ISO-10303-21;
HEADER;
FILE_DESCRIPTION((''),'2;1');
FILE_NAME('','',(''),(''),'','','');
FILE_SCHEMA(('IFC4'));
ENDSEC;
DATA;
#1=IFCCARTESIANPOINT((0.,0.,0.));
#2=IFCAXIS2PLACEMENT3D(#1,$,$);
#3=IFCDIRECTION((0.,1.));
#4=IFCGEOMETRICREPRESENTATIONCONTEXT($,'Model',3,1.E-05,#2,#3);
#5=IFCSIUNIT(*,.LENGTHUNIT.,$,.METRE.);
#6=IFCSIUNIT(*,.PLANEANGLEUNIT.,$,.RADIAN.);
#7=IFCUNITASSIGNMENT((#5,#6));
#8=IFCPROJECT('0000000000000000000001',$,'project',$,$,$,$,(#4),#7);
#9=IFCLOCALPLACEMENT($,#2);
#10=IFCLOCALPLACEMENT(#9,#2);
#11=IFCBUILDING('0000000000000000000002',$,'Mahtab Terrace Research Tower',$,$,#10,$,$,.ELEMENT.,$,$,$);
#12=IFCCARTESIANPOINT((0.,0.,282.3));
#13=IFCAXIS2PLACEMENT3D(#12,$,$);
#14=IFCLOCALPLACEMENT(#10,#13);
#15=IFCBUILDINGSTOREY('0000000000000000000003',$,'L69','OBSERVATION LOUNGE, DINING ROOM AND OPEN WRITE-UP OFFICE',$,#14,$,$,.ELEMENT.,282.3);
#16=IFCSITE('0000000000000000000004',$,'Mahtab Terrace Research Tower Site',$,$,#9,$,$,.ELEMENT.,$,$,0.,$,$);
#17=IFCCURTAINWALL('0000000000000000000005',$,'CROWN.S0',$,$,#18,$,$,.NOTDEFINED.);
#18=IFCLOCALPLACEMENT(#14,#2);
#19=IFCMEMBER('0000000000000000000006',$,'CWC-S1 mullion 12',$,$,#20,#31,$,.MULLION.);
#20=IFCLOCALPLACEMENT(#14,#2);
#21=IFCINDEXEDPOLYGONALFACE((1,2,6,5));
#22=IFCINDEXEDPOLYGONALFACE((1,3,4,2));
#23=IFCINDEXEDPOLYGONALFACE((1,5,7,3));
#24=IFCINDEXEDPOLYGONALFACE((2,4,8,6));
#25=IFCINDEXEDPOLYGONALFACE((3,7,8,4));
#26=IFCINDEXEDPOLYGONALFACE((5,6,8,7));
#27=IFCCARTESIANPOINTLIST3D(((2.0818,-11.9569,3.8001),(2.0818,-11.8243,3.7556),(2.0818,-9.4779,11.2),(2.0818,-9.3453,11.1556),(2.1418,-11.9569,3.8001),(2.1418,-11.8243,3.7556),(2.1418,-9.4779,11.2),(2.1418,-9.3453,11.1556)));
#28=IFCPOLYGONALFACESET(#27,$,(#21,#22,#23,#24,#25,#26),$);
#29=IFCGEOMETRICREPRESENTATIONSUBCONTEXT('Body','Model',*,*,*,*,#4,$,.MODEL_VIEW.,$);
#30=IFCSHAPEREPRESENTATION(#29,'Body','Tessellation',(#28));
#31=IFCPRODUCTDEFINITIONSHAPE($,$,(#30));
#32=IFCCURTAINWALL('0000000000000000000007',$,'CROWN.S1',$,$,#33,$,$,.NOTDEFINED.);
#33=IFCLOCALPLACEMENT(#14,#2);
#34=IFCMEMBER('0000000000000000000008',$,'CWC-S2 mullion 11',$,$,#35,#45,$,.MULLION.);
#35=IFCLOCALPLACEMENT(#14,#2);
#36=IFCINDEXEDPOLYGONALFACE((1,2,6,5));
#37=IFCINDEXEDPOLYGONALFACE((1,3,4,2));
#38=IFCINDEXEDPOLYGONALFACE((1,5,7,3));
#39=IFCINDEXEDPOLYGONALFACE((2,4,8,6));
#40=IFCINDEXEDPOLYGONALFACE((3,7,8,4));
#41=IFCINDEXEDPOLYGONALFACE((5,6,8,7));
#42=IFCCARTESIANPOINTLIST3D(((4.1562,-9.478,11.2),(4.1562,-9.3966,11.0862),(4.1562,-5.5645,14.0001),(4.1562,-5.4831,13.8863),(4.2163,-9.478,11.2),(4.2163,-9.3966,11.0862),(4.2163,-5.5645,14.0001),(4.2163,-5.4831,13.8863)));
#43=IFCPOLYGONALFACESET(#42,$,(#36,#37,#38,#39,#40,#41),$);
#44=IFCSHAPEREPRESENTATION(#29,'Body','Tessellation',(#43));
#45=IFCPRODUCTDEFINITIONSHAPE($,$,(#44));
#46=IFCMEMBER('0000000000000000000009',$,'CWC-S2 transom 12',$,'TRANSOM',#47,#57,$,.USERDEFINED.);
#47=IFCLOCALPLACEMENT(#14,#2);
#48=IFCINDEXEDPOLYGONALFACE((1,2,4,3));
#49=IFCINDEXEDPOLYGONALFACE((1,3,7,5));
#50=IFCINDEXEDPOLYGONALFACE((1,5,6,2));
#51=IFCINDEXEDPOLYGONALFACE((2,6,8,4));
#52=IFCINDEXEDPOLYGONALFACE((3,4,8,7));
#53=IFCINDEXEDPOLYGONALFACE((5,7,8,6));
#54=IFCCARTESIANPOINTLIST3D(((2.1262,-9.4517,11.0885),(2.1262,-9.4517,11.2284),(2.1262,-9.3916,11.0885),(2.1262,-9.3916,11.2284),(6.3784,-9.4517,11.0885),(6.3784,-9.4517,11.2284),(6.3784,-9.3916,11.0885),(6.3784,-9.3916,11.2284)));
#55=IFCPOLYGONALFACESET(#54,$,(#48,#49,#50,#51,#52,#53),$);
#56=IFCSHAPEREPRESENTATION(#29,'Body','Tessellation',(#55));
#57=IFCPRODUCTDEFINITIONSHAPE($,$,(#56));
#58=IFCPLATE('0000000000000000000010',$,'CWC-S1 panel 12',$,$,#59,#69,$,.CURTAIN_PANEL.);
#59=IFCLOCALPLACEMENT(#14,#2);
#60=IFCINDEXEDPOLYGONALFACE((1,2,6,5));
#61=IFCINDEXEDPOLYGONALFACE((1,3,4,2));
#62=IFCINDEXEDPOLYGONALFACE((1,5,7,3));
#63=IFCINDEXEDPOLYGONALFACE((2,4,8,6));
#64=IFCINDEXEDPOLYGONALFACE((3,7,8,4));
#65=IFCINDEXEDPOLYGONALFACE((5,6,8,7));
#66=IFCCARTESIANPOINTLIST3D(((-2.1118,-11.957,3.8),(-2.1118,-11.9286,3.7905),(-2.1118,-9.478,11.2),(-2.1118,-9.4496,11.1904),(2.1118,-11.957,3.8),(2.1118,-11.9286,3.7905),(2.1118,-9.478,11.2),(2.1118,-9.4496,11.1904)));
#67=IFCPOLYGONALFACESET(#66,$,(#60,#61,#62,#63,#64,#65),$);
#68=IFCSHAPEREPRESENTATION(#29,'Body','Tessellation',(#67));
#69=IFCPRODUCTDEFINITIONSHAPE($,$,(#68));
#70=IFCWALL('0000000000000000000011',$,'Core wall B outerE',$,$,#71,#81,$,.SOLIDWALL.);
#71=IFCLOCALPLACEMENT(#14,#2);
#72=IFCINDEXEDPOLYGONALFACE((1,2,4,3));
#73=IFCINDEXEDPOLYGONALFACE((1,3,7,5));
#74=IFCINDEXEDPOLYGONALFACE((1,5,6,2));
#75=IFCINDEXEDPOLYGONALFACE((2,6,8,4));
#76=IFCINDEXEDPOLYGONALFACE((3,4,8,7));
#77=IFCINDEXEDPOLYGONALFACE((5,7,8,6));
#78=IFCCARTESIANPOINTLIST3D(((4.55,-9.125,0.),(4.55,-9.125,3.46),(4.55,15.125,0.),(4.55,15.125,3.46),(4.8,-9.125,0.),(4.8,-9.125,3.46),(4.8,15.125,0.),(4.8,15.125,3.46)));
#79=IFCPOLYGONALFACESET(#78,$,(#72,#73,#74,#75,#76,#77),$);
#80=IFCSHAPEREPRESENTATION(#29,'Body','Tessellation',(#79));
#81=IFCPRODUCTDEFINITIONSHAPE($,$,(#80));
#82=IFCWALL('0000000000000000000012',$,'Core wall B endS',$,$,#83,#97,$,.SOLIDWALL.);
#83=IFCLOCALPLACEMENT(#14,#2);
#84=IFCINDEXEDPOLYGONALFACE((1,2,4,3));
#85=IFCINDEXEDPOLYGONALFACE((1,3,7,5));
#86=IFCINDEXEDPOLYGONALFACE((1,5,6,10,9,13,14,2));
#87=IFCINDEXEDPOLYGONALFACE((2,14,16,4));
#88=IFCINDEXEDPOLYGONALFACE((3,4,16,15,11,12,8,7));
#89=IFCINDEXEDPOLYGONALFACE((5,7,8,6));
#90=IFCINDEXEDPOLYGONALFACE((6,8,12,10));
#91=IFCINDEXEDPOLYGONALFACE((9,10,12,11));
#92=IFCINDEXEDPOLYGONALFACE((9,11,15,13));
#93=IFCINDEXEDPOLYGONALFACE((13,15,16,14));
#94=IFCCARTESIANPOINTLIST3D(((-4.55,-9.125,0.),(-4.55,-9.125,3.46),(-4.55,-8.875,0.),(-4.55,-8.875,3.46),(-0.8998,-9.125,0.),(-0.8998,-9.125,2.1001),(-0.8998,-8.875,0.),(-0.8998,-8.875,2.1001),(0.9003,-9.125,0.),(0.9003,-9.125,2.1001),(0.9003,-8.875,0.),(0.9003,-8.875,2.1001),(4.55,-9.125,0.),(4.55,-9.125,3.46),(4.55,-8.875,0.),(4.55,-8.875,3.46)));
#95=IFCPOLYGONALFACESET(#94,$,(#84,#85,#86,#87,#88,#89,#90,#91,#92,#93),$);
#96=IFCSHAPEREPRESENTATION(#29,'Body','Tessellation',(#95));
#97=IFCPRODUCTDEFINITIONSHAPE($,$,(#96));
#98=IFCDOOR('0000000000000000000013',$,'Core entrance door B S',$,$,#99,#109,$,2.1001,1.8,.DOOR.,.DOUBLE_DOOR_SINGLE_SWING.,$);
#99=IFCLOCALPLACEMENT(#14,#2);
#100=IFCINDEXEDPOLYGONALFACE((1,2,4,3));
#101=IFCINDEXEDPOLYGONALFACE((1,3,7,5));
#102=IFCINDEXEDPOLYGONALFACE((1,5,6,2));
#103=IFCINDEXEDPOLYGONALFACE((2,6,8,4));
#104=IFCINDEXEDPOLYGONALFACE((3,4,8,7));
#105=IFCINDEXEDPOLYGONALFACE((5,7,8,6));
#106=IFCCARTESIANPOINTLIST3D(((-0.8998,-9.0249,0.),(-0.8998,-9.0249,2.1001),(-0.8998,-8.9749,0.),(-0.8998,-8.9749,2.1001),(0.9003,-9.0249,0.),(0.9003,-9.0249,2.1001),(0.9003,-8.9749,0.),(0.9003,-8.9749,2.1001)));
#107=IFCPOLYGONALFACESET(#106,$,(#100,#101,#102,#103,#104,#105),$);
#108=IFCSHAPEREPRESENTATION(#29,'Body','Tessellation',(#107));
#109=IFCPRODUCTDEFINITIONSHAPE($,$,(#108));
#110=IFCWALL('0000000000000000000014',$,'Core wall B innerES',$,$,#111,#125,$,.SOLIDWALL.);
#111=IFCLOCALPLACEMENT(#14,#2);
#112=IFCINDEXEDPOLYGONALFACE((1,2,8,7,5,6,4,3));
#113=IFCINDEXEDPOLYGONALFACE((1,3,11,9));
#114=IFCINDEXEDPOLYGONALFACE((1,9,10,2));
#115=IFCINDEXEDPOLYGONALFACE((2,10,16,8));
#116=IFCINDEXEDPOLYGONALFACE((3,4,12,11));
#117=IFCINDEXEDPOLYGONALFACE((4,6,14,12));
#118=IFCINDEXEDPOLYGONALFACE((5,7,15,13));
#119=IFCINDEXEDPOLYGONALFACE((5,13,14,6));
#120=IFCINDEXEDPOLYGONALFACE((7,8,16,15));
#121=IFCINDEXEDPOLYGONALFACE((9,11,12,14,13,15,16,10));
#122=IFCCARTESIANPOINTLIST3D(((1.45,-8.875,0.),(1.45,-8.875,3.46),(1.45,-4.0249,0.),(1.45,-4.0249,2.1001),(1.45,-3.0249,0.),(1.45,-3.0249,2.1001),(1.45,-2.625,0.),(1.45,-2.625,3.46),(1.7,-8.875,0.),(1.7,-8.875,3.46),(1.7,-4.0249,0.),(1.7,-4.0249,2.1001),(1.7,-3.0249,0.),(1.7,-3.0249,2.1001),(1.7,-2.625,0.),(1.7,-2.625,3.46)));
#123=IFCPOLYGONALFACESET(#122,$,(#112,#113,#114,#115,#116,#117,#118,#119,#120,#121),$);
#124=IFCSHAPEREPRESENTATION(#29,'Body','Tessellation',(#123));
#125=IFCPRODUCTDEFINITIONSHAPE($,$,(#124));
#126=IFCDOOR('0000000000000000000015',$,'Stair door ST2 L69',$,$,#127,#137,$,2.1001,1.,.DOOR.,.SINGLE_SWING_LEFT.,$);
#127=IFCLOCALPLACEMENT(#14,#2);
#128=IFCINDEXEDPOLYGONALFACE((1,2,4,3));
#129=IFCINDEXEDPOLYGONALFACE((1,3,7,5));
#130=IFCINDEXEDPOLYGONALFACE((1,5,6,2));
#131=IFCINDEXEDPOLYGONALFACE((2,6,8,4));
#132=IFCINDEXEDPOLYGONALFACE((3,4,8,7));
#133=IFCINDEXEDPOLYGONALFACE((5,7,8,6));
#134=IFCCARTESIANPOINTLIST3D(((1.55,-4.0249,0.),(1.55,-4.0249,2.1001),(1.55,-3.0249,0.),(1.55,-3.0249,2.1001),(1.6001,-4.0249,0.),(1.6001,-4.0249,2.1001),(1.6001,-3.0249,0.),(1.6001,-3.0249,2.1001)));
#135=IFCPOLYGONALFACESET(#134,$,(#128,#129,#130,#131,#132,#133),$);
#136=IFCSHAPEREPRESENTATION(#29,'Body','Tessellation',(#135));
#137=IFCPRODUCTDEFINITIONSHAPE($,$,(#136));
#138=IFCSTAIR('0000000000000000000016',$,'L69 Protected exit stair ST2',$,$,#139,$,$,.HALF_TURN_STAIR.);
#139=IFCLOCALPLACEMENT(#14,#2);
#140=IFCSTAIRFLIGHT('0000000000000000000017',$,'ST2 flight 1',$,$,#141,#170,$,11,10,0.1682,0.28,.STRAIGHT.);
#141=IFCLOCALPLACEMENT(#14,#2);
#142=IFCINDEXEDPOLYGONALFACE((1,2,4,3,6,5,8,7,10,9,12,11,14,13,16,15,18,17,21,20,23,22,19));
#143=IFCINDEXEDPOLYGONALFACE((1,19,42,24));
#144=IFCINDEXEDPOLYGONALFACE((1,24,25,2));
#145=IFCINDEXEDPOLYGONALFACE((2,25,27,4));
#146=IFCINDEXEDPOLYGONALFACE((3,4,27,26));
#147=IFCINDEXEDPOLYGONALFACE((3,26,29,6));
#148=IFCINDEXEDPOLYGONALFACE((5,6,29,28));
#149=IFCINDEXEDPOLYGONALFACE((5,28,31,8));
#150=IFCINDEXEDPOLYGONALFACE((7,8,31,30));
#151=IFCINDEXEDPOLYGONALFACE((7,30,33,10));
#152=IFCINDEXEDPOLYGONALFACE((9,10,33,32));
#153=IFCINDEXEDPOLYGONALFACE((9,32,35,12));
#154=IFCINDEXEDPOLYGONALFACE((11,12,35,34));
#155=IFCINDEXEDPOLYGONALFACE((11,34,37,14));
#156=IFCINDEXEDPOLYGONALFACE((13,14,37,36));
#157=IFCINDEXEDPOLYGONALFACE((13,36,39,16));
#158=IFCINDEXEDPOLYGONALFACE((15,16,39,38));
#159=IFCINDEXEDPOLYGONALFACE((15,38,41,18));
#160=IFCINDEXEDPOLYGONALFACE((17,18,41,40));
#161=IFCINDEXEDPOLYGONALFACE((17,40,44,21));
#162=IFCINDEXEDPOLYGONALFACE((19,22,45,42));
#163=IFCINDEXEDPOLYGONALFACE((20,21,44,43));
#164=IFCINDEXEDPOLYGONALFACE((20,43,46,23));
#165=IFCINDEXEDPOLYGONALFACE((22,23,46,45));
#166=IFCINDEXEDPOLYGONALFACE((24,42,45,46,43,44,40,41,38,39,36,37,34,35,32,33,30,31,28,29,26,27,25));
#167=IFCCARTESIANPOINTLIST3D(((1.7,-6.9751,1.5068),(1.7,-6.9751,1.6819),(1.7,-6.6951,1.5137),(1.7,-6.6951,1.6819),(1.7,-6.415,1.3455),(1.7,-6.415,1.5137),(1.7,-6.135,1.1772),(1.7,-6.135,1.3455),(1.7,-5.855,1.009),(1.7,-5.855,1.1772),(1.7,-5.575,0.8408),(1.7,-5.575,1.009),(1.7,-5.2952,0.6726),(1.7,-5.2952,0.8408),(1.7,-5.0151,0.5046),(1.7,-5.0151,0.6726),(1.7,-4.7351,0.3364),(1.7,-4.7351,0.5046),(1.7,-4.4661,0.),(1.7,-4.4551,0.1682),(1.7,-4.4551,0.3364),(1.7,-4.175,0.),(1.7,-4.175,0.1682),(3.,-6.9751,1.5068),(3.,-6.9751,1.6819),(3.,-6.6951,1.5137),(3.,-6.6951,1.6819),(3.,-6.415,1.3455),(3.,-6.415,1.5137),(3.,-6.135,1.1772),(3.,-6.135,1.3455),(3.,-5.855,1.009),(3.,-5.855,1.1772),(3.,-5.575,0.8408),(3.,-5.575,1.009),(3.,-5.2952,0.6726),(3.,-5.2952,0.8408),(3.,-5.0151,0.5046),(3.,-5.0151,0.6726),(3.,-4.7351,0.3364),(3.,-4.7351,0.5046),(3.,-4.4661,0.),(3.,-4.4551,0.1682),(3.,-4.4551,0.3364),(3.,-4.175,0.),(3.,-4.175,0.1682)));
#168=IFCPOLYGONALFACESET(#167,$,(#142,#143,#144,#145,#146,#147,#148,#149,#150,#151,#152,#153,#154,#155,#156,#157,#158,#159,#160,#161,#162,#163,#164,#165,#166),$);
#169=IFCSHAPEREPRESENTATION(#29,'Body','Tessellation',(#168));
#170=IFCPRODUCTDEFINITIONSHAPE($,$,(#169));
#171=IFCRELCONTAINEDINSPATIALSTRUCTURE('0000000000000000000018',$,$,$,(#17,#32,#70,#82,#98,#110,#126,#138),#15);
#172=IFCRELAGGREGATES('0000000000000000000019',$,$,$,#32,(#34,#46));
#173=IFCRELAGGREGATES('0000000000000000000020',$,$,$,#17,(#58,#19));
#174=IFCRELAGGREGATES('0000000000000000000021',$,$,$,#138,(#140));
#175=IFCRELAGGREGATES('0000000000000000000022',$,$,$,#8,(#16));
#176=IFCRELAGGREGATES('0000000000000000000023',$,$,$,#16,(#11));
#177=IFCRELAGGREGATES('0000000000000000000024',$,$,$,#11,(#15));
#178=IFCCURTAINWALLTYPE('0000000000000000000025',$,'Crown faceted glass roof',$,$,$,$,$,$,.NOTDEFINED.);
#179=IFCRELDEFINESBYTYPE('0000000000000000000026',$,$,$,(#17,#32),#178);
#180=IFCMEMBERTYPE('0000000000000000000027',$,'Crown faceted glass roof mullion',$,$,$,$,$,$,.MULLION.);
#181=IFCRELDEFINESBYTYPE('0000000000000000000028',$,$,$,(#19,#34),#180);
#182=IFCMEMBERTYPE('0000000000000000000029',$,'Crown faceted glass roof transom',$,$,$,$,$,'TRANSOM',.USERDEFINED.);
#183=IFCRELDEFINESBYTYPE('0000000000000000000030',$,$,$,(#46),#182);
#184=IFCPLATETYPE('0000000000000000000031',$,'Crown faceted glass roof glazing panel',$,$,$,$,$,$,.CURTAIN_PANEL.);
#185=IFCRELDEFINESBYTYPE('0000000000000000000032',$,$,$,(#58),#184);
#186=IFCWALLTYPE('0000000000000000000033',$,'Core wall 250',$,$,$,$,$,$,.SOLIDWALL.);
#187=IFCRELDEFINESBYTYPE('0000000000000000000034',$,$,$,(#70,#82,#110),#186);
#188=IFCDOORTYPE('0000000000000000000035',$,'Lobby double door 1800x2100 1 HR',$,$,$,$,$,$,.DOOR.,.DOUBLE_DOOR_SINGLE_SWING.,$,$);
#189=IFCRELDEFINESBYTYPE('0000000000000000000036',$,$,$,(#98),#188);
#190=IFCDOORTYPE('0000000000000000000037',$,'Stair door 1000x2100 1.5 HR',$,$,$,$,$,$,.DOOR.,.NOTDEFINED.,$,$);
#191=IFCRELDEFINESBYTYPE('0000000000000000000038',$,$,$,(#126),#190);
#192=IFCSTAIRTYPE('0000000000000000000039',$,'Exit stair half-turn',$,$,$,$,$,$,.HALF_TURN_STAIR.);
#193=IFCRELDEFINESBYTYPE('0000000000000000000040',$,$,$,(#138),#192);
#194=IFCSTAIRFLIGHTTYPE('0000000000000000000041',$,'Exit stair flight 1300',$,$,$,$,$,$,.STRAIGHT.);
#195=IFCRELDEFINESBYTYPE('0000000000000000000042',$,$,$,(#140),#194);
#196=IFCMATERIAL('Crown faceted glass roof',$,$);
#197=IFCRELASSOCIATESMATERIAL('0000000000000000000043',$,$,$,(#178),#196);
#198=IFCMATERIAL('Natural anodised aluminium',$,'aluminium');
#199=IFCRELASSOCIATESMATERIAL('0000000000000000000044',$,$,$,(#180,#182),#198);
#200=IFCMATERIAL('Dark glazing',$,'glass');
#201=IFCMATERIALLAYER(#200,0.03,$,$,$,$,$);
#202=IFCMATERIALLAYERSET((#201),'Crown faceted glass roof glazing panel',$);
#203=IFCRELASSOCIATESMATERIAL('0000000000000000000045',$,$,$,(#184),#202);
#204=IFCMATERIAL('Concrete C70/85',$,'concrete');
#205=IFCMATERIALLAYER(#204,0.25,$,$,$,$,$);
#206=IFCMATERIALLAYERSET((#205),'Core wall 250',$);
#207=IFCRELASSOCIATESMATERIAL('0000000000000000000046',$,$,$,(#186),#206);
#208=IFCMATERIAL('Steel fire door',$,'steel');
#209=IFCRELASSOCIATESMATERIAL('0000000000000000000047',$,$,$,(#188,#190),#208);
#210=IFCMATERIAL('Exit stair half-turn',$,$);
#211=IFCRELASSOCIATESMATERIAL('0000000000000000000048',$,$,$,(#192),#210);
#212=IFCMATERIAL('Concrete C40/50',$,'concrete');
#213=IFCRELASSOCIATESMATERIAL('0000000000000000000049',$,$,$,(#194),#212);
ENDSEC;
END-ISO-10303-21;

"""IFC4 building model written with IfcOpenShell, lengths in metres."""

from ifc_helpers import new_model, si_unit, direction, frame, frame_2d, origin, origin_2d, place, context, subcontext, project, spatial, polyline, rectangle, outline, extrude, material, layer, layer_set, material_profile, profile_set, type_object, element, fill, aggregate, save


model = new_model("IFC4")

# Units and contexts
model_context = context("Model", 3, precision=1e-05, world=origin(), true_north=direction((0.0, 1.0)))
body_context = subcontext(model_context, "Body", "Model", "MODEL_VIEW")
ifc_project = project(units=[si_unit("LENGTHUNIT", "METRE"), si_unit("PLANEANGLEUNIT", "RADIAN")], contexts=[model_context])

# Site, building, storey
site_placement = place(None, origin())
site = spatial("IfcSite", under=ifc_project, at=site_placement, Name="Mahtab Terrace Research Tower Site", CompositionType="ELEMENT", RefElevation=0.0)
building_placement = place(site_placement, origin())
building = spatial("IfcBuilding", under=site, at=building_placement, Name="Mahtab Terrace Research Tower", CompositionType="ELEMENT")
storey_placement = place(building_placement, frame((0.0, 0.0, 282.3)))
storey = spatial("IfcBuildingStorey", under=building, at=storey_placement, Name="L69", Description="OBSERVATION LOUNGE, DINING ROOM AND OPEN WRITE-UP OFFICE", CompositionType="ELEMENT", Elevation=282.3)

# Curtain wall, member
ifc_material_1 = material(Name="Crown faceted glass roof")
curtain_wall_type = type_object("IfcCurtainWallType", Name="Crown faceted glass roof", PredefinedType="NOTDEFINED", material=ifc_material_1)
curtain_wall_1_placement = place(storey_placement, origin())
curtain_wall_1 = element("IfcCurtainWall", 1, at=curtain_wall_1_placement, inside=storey, type_object=curtain_wall_type, Name="CROWN.S0", PredefinedType="NOTDEFINED")
ifc_material_2 = material(Name="Natural anodised aluminium", Category="aluminium")
ifc_material_profile_1 = material_profile(ifc_material_2, rectangle(XDim=0.0601, YDim=0.1399, at=origin_2d()), Name="MULLION 60x140")
ifc_profile_set_1 = profile_set([ifc_material_profile_1], Name="Natural anodised aluminium")
member_type_1 = type_object("IfcMemberType", Name="Crown faceted glass roof mullion", PredefinedType="MULLION", material=ifc_profile_set_1)
member_1_placement = place(storey_placement, frame((2.1118, -11.8906, 3.7778), z_axis=(0.0, 0.317654, 0.948207), x_axis=(-1.0, 0.0, 0.0)))
member_1 = element("IfcMember", 2, at=member_1_placement, type_object=member_type_1, Name="CWC-S1 mullion 12", PredefinedType="MULLION", context=body_context, shape_type="SweptSolid", body=[
    extrude(rectangle(XDim=0.0601, YDim=0.1399, at=origin_2d()), origin(), (0.0, 0.0, 1.0), 7.8042),
])

# Curtain wall, members
curtain_wall_2_placement = place(storey_placement, origin())
curtain_wall_2 = element("IfcCurtainWall", 3, at=curtain_wall_2_placement, inside=storey, type_object=curtain_wall_type, Name="CROWN.S1", PredefinedType="NOTDEFINED")
member_2_placement = place(storey_placement, frame((4.1863, -9.4373, 11.1431), z_axis=(0.0, 0.81326, 0.5819), x_axis=(-1.0, 0.0, 0.0)))
member_2 = element("IfcMember", 4, at=member_2_placement, type_object=member_type_1, Name="CWC-S2 mullion 11", PredefinedType="MULLION", context=body_context, shape_type="SweptSolid", body=[
    extrude(rectangle(XDim=0.0601, YDim=0.1399, at=origin_2d()), origin(), (0.0, 0.0, 1.0), 4.812),
])
ifc_material_profile_2 = material_profile(ifc_material_2, rectangle(XDim=0.0601, YDim=0.1399, at=origin_2d()), Name="TRANSOM 60x140")
ifc_profile_set_2 = profile_set([ifc_material_profile_2], Name="Natural anodised aluminium")
member_type_2 = type_object("IfcMemberType", Name="Crown faceted glass roof transom", ElementType="TRANSOM", PredefinedType="USERDEFINED", material=ifc_profile_set_2)
member_3_placement = place(storey_placement, frame((2.1262, -9.4216, 11.1584), z_axis=(1.0, 0.0, 0.0), x_axis=(0.0, 1.0, 0.0)))
member_3 = element("IfcMember", 5, at=member_3_placement, type_object=member_type_2, Name="CWC-S2 transom 12", ObjectType="TRANSOM", PredefinedType="USERDEFINED", context=body_context, shape_type="SweptSolid", body=[
    extrude(rectangle(XDim=0.0601, YDim=0.1399, at=origin_2d()), origin(), (0.0, 0.0, 1.0), 4.2522),
])
aggregate(curtain_wall_2, [member_2, member_3])

# Plate
ifc_material_3 = material(Name="Dark glazing", Category="glass")
ifc_layer_1 = layer(ifc_material_3, 0.03)
ifc_layer_set_1 = layer_set([ifc_layer_1], Name="Crown faceted glass roof glazing panel")
plate_type = type_object("IfcPlateType", Name="Crown faceted glass roof glazing panel", PredefinedType="CURTAIN_PANEL", material=ifc_layer_set_1)
plate_placement = place(storey_placement, frame((2.1118, -11.957, 3.8), z_axis=(0.0, -0.948207, 0.317654), x_axis=(0.0, 0.317654, 0.948207)))
plate = element("IfcPlate", 6, at=plate_placement, type_object=plate_type, Name="CWC-S1 panel 12", PredefinedType="CURTAIN_PANEL", context=body_context, shape_type="SweptSolid", body=[
    extrude(outline(polyline([(0.0, 0.0), (7.8041, 0.0), (7.8041, 4.2236), (0.0, 4.2236), (0.0, 0.0)])), origin(), (0.0, 0.0, -1.0), 0.03),
])
aggregate(curtain_wall_1, [plate, member_1])

# Wall
ifc_material_4 = material(Name="Concrete C70/85", Category="concrete")
ifc_layer_2 = layer(ifc_material_4, 0.25)
ifc_layer_set_2 = layer_set([ifc_layer_2], Name="Core wall 250")
wall_type = type_object("IfcWallType", Name="Core wall 250", PredefinedType="SOLIDWALL", material=ifc_layer_set_2)
wall_1_placement = place(storey_placement, frame((4.675, -9.125, 0.0), z_axis=(0.0, 0.0, 1.0), x_axis=(0.0, 1.0, 0.0)))
element("IfcWall", 7, at=wall_1_placement, inside=storey, type_object=wall_type, Name="Core wall B outerE", PredefinedType="SOLIDWALL", context=body_context, shape_type="SweptSolid", body=[
    extrude(rectangle(XDim=24.25, YDim=0.25, at=frame_2d((12.125, 0.0))), origin(), (0.0, 0.0, 1.0), 3.46),
])

# Walls, openings, doors
wall_2_placement = place(storey_placement, frame((4.55, -9.0, 0.0), z_axis=(0.0, 0.0, 1.0), x_axis=(-1.0, 0.0, 0.0)))
wall_2 = element("IfcWall", 8, at=wall_2_placement, inside=storey, type_object=wall_type, Name="Core wall B endS", PredefinedType="SOLIDWALL", context=body_context, shape_type="SweptSolid", body=[
    extrude(rectangle(XDim=9.1001, YDim=0.25, at=frame_2d((4.55, 0.0))), origin(), (0.0, 0.0, 1.0), 3.46),
])
opening_1_placement = place(wall_2_placement, frame((3.6499, 0.0, 0.0)))
opening_1 = element("IfcOpeningElement", 9, at=opening_1_placement, cuts=wall_2, PredefinedType="OPENING", context=body_context, shape_type="SweptSolid", body=[
    extrude(rectangle(XDim=1.8, YDim=2.1001, at=frame_2d((0.8999, 1.05))), frame((0.0, 0.135, 0.0), z_axis=(0.0, -1.0, 0.0), x_axis=(1.0, 0.0, 0.0)), (0.0, 0.0, 1.0), 0.27),
])
ifc_material_5 = material(Name="Steel fire door", Category="steel")
door_type_1 = type_object("IfcDoorType", Name="Lobby double door 1800x2100 1 HR", OperationType="DOUBLE_DOOR_SINGLE_SWING", PredefinedType="DOOR", material=ifc_material_5)
door_1_placement = place(opening_1_placement, origin())
door_1 = element("IfcDoor", 10, at=door_1_placement, inside=storey, type_object=door_type_1, Name="Core entrance door B S", OperationType="DOUBLE_DOOR_SINGLE_SWING", OverallHeight=2.1001, OverallWidth=1.8, PredefinedType="DOOR", context=body_context, shape_type="SweptSolid", body=[
    extrude(rectangle(XDim=1.8, YDim=2.1001, at=frame_2d((0.8999, 1.05))), frame((0.0, 0.0249, 0.0), z_axis=(0.0, -1.0, 0.0), x_axis=(1.0, 0.0, 0.0)), (0.0, 0.0, 1.0), 0.05),
])
fill(opening_1, door_1)
wall_3_placement = place(storey_placement, frame((1.575, -8.875, 0.0), z_axis=(0.0, 0.0, 1.0), x_axis=(0.0, 1.0, 0.0)))
wall_3 = element("IfcWall", 11, at=wall_3_placement, inside=storey, type_object=wall_type, Name="Core wall B innerES", PredefinedType="SOLIDWALL", context=body_context, shape_type="SweptSolid", body=[
    extrude(rectangle(XDim=6.25, YDim=0.25, at=frame_2d((3.125, 0.0))), origin(), (0.0, 0.0, 1.0), 3.46),
])
opening_2_placement = place(wall_3_placement, frame((4.8501, 0.0, 0.0)))
opening_2 = element("IfcOpeningElement", 12, at=opening_2_placement, cuts=wall_3, PredefinedType="OPENING", context=body_context, shape_type="SweptSolid", body=[
    extrude(rectangle(XDim=1.0, YDim=2.1001, at=frame_2d((0.5, 1.05))), frame((0.0, 0.135, 0.0), z_axis=(0.0, -1.0, 0.0), x_axis=(1.0, 0.0, 0.0)), (0.0, 0.0, 1.0), 0.27),
])
door_type_2 = type_object("IfcDoorType", Name="Stair door 1000x2100 1.5 HR", OperationType="NOTDEFINED", PredefinedType="DOOR", material=ifc_material_5)
door_2_placement = place(opening_2_placement, origin())
door_2 = element("IfcDoor", 13, at=door_2_placement, inside=storey, type_object=door_type_2, Name="Stair door ST2 L69", OperationType="SINGLE_SWING_LEFT", OverallHeight=2.1001, OverallWidth=1.0, PredefinedType="DOOR", context=body_context, shape_type="SweptSolid", body=[
    extrude(rectangle(XDim=1.0, YDim=2.1001, at=frame_2d((0.5, 1.05))), frame((0.0, 0.0249, 0.0), z_axis=(0.0, -1.0, 0.0), x_axis=(1.0, 0.0, 0.0)), (0.0, 0.0, 1.0), 0.05),
])
fill(opening_2, door_2)

# Stair, stair flight
ifc_material_6 = material(Name="Exit stair half-turn")
stair_type = type_object("IfcStairType", Name="Exit stair half-turn", PredefinedType="HALF_TURN_STAIR", material=ifc_material_6)
stair_placement = place(storey_placement, origin())
stair = element("IfcStair", 14, at=stair_placement, inside=storey, type_object=stair_type, Name="L69 Protected exit stair ST2", PredefinedType="HALF_TURN_STAIR")
ifc_material_7 = material(Name="Concrete C40/50", Category="concrete")
stair_flight_type = type_object("IfcStairFlightType", Name="Exit stair flight 1300", PredefinedType="STRAIGHT", material=ifc_material_7)
stair_flight_1_placement = place(storey_placement, frame((2.3501, -4.175, 0.0), z_axis=(0.0, 0.0, 1.0), x_axis=(0.0, -1.0, 0.0)))
stair_flight_1 = element("IfcStairFlight", 15, at=stair_flight_1_placement, type_object=stair_flight_type, Name="ST2 flight 1", NumberOfRisers=11, NumberOfTreads=10, PredefinedType="STRAIGHT", RiserHeight=0.1682, TreadLength=0.28, context=body_context, shape_type="SweptSolid", body=[
    extrude(outline(polyline([(0.0, 0.0), (0.0, 0.1682), (0.28, 0.1682), (0.28, 0.3364), (0.5601, 0.3364), (0.5601, 0.5046), (0.8401, 0.5046), (0.8401, 0.6726), (1.1201, 0.6726), (1.1201, 0.8408), (1.3999, 0.8408), (1.3999, 1.009), (1.6799, 1.009), (1.6799, 1.1772), (1.96, 1.1772), (1.96, 1.3455), (2.24, 1.3455), (2.24, 1.5137), (2.52, 1.5137), (2.52, 1.6819), (2.8, 1.6819), (2.8, 1.8501), (2.8, 1.5068), (0.291, 0.0), (0.0, 0.0)])), frame((0.0, 0.6499, 0.0), z_axis=(0.0, -1.0, 0.0), x_axis=(1.0, 0.0, 0.0)), (0.0, 0.0, 1.0), 1.3),
])
aggregate(stair, [stair_flight_1])

save(model, "model.ifc")
